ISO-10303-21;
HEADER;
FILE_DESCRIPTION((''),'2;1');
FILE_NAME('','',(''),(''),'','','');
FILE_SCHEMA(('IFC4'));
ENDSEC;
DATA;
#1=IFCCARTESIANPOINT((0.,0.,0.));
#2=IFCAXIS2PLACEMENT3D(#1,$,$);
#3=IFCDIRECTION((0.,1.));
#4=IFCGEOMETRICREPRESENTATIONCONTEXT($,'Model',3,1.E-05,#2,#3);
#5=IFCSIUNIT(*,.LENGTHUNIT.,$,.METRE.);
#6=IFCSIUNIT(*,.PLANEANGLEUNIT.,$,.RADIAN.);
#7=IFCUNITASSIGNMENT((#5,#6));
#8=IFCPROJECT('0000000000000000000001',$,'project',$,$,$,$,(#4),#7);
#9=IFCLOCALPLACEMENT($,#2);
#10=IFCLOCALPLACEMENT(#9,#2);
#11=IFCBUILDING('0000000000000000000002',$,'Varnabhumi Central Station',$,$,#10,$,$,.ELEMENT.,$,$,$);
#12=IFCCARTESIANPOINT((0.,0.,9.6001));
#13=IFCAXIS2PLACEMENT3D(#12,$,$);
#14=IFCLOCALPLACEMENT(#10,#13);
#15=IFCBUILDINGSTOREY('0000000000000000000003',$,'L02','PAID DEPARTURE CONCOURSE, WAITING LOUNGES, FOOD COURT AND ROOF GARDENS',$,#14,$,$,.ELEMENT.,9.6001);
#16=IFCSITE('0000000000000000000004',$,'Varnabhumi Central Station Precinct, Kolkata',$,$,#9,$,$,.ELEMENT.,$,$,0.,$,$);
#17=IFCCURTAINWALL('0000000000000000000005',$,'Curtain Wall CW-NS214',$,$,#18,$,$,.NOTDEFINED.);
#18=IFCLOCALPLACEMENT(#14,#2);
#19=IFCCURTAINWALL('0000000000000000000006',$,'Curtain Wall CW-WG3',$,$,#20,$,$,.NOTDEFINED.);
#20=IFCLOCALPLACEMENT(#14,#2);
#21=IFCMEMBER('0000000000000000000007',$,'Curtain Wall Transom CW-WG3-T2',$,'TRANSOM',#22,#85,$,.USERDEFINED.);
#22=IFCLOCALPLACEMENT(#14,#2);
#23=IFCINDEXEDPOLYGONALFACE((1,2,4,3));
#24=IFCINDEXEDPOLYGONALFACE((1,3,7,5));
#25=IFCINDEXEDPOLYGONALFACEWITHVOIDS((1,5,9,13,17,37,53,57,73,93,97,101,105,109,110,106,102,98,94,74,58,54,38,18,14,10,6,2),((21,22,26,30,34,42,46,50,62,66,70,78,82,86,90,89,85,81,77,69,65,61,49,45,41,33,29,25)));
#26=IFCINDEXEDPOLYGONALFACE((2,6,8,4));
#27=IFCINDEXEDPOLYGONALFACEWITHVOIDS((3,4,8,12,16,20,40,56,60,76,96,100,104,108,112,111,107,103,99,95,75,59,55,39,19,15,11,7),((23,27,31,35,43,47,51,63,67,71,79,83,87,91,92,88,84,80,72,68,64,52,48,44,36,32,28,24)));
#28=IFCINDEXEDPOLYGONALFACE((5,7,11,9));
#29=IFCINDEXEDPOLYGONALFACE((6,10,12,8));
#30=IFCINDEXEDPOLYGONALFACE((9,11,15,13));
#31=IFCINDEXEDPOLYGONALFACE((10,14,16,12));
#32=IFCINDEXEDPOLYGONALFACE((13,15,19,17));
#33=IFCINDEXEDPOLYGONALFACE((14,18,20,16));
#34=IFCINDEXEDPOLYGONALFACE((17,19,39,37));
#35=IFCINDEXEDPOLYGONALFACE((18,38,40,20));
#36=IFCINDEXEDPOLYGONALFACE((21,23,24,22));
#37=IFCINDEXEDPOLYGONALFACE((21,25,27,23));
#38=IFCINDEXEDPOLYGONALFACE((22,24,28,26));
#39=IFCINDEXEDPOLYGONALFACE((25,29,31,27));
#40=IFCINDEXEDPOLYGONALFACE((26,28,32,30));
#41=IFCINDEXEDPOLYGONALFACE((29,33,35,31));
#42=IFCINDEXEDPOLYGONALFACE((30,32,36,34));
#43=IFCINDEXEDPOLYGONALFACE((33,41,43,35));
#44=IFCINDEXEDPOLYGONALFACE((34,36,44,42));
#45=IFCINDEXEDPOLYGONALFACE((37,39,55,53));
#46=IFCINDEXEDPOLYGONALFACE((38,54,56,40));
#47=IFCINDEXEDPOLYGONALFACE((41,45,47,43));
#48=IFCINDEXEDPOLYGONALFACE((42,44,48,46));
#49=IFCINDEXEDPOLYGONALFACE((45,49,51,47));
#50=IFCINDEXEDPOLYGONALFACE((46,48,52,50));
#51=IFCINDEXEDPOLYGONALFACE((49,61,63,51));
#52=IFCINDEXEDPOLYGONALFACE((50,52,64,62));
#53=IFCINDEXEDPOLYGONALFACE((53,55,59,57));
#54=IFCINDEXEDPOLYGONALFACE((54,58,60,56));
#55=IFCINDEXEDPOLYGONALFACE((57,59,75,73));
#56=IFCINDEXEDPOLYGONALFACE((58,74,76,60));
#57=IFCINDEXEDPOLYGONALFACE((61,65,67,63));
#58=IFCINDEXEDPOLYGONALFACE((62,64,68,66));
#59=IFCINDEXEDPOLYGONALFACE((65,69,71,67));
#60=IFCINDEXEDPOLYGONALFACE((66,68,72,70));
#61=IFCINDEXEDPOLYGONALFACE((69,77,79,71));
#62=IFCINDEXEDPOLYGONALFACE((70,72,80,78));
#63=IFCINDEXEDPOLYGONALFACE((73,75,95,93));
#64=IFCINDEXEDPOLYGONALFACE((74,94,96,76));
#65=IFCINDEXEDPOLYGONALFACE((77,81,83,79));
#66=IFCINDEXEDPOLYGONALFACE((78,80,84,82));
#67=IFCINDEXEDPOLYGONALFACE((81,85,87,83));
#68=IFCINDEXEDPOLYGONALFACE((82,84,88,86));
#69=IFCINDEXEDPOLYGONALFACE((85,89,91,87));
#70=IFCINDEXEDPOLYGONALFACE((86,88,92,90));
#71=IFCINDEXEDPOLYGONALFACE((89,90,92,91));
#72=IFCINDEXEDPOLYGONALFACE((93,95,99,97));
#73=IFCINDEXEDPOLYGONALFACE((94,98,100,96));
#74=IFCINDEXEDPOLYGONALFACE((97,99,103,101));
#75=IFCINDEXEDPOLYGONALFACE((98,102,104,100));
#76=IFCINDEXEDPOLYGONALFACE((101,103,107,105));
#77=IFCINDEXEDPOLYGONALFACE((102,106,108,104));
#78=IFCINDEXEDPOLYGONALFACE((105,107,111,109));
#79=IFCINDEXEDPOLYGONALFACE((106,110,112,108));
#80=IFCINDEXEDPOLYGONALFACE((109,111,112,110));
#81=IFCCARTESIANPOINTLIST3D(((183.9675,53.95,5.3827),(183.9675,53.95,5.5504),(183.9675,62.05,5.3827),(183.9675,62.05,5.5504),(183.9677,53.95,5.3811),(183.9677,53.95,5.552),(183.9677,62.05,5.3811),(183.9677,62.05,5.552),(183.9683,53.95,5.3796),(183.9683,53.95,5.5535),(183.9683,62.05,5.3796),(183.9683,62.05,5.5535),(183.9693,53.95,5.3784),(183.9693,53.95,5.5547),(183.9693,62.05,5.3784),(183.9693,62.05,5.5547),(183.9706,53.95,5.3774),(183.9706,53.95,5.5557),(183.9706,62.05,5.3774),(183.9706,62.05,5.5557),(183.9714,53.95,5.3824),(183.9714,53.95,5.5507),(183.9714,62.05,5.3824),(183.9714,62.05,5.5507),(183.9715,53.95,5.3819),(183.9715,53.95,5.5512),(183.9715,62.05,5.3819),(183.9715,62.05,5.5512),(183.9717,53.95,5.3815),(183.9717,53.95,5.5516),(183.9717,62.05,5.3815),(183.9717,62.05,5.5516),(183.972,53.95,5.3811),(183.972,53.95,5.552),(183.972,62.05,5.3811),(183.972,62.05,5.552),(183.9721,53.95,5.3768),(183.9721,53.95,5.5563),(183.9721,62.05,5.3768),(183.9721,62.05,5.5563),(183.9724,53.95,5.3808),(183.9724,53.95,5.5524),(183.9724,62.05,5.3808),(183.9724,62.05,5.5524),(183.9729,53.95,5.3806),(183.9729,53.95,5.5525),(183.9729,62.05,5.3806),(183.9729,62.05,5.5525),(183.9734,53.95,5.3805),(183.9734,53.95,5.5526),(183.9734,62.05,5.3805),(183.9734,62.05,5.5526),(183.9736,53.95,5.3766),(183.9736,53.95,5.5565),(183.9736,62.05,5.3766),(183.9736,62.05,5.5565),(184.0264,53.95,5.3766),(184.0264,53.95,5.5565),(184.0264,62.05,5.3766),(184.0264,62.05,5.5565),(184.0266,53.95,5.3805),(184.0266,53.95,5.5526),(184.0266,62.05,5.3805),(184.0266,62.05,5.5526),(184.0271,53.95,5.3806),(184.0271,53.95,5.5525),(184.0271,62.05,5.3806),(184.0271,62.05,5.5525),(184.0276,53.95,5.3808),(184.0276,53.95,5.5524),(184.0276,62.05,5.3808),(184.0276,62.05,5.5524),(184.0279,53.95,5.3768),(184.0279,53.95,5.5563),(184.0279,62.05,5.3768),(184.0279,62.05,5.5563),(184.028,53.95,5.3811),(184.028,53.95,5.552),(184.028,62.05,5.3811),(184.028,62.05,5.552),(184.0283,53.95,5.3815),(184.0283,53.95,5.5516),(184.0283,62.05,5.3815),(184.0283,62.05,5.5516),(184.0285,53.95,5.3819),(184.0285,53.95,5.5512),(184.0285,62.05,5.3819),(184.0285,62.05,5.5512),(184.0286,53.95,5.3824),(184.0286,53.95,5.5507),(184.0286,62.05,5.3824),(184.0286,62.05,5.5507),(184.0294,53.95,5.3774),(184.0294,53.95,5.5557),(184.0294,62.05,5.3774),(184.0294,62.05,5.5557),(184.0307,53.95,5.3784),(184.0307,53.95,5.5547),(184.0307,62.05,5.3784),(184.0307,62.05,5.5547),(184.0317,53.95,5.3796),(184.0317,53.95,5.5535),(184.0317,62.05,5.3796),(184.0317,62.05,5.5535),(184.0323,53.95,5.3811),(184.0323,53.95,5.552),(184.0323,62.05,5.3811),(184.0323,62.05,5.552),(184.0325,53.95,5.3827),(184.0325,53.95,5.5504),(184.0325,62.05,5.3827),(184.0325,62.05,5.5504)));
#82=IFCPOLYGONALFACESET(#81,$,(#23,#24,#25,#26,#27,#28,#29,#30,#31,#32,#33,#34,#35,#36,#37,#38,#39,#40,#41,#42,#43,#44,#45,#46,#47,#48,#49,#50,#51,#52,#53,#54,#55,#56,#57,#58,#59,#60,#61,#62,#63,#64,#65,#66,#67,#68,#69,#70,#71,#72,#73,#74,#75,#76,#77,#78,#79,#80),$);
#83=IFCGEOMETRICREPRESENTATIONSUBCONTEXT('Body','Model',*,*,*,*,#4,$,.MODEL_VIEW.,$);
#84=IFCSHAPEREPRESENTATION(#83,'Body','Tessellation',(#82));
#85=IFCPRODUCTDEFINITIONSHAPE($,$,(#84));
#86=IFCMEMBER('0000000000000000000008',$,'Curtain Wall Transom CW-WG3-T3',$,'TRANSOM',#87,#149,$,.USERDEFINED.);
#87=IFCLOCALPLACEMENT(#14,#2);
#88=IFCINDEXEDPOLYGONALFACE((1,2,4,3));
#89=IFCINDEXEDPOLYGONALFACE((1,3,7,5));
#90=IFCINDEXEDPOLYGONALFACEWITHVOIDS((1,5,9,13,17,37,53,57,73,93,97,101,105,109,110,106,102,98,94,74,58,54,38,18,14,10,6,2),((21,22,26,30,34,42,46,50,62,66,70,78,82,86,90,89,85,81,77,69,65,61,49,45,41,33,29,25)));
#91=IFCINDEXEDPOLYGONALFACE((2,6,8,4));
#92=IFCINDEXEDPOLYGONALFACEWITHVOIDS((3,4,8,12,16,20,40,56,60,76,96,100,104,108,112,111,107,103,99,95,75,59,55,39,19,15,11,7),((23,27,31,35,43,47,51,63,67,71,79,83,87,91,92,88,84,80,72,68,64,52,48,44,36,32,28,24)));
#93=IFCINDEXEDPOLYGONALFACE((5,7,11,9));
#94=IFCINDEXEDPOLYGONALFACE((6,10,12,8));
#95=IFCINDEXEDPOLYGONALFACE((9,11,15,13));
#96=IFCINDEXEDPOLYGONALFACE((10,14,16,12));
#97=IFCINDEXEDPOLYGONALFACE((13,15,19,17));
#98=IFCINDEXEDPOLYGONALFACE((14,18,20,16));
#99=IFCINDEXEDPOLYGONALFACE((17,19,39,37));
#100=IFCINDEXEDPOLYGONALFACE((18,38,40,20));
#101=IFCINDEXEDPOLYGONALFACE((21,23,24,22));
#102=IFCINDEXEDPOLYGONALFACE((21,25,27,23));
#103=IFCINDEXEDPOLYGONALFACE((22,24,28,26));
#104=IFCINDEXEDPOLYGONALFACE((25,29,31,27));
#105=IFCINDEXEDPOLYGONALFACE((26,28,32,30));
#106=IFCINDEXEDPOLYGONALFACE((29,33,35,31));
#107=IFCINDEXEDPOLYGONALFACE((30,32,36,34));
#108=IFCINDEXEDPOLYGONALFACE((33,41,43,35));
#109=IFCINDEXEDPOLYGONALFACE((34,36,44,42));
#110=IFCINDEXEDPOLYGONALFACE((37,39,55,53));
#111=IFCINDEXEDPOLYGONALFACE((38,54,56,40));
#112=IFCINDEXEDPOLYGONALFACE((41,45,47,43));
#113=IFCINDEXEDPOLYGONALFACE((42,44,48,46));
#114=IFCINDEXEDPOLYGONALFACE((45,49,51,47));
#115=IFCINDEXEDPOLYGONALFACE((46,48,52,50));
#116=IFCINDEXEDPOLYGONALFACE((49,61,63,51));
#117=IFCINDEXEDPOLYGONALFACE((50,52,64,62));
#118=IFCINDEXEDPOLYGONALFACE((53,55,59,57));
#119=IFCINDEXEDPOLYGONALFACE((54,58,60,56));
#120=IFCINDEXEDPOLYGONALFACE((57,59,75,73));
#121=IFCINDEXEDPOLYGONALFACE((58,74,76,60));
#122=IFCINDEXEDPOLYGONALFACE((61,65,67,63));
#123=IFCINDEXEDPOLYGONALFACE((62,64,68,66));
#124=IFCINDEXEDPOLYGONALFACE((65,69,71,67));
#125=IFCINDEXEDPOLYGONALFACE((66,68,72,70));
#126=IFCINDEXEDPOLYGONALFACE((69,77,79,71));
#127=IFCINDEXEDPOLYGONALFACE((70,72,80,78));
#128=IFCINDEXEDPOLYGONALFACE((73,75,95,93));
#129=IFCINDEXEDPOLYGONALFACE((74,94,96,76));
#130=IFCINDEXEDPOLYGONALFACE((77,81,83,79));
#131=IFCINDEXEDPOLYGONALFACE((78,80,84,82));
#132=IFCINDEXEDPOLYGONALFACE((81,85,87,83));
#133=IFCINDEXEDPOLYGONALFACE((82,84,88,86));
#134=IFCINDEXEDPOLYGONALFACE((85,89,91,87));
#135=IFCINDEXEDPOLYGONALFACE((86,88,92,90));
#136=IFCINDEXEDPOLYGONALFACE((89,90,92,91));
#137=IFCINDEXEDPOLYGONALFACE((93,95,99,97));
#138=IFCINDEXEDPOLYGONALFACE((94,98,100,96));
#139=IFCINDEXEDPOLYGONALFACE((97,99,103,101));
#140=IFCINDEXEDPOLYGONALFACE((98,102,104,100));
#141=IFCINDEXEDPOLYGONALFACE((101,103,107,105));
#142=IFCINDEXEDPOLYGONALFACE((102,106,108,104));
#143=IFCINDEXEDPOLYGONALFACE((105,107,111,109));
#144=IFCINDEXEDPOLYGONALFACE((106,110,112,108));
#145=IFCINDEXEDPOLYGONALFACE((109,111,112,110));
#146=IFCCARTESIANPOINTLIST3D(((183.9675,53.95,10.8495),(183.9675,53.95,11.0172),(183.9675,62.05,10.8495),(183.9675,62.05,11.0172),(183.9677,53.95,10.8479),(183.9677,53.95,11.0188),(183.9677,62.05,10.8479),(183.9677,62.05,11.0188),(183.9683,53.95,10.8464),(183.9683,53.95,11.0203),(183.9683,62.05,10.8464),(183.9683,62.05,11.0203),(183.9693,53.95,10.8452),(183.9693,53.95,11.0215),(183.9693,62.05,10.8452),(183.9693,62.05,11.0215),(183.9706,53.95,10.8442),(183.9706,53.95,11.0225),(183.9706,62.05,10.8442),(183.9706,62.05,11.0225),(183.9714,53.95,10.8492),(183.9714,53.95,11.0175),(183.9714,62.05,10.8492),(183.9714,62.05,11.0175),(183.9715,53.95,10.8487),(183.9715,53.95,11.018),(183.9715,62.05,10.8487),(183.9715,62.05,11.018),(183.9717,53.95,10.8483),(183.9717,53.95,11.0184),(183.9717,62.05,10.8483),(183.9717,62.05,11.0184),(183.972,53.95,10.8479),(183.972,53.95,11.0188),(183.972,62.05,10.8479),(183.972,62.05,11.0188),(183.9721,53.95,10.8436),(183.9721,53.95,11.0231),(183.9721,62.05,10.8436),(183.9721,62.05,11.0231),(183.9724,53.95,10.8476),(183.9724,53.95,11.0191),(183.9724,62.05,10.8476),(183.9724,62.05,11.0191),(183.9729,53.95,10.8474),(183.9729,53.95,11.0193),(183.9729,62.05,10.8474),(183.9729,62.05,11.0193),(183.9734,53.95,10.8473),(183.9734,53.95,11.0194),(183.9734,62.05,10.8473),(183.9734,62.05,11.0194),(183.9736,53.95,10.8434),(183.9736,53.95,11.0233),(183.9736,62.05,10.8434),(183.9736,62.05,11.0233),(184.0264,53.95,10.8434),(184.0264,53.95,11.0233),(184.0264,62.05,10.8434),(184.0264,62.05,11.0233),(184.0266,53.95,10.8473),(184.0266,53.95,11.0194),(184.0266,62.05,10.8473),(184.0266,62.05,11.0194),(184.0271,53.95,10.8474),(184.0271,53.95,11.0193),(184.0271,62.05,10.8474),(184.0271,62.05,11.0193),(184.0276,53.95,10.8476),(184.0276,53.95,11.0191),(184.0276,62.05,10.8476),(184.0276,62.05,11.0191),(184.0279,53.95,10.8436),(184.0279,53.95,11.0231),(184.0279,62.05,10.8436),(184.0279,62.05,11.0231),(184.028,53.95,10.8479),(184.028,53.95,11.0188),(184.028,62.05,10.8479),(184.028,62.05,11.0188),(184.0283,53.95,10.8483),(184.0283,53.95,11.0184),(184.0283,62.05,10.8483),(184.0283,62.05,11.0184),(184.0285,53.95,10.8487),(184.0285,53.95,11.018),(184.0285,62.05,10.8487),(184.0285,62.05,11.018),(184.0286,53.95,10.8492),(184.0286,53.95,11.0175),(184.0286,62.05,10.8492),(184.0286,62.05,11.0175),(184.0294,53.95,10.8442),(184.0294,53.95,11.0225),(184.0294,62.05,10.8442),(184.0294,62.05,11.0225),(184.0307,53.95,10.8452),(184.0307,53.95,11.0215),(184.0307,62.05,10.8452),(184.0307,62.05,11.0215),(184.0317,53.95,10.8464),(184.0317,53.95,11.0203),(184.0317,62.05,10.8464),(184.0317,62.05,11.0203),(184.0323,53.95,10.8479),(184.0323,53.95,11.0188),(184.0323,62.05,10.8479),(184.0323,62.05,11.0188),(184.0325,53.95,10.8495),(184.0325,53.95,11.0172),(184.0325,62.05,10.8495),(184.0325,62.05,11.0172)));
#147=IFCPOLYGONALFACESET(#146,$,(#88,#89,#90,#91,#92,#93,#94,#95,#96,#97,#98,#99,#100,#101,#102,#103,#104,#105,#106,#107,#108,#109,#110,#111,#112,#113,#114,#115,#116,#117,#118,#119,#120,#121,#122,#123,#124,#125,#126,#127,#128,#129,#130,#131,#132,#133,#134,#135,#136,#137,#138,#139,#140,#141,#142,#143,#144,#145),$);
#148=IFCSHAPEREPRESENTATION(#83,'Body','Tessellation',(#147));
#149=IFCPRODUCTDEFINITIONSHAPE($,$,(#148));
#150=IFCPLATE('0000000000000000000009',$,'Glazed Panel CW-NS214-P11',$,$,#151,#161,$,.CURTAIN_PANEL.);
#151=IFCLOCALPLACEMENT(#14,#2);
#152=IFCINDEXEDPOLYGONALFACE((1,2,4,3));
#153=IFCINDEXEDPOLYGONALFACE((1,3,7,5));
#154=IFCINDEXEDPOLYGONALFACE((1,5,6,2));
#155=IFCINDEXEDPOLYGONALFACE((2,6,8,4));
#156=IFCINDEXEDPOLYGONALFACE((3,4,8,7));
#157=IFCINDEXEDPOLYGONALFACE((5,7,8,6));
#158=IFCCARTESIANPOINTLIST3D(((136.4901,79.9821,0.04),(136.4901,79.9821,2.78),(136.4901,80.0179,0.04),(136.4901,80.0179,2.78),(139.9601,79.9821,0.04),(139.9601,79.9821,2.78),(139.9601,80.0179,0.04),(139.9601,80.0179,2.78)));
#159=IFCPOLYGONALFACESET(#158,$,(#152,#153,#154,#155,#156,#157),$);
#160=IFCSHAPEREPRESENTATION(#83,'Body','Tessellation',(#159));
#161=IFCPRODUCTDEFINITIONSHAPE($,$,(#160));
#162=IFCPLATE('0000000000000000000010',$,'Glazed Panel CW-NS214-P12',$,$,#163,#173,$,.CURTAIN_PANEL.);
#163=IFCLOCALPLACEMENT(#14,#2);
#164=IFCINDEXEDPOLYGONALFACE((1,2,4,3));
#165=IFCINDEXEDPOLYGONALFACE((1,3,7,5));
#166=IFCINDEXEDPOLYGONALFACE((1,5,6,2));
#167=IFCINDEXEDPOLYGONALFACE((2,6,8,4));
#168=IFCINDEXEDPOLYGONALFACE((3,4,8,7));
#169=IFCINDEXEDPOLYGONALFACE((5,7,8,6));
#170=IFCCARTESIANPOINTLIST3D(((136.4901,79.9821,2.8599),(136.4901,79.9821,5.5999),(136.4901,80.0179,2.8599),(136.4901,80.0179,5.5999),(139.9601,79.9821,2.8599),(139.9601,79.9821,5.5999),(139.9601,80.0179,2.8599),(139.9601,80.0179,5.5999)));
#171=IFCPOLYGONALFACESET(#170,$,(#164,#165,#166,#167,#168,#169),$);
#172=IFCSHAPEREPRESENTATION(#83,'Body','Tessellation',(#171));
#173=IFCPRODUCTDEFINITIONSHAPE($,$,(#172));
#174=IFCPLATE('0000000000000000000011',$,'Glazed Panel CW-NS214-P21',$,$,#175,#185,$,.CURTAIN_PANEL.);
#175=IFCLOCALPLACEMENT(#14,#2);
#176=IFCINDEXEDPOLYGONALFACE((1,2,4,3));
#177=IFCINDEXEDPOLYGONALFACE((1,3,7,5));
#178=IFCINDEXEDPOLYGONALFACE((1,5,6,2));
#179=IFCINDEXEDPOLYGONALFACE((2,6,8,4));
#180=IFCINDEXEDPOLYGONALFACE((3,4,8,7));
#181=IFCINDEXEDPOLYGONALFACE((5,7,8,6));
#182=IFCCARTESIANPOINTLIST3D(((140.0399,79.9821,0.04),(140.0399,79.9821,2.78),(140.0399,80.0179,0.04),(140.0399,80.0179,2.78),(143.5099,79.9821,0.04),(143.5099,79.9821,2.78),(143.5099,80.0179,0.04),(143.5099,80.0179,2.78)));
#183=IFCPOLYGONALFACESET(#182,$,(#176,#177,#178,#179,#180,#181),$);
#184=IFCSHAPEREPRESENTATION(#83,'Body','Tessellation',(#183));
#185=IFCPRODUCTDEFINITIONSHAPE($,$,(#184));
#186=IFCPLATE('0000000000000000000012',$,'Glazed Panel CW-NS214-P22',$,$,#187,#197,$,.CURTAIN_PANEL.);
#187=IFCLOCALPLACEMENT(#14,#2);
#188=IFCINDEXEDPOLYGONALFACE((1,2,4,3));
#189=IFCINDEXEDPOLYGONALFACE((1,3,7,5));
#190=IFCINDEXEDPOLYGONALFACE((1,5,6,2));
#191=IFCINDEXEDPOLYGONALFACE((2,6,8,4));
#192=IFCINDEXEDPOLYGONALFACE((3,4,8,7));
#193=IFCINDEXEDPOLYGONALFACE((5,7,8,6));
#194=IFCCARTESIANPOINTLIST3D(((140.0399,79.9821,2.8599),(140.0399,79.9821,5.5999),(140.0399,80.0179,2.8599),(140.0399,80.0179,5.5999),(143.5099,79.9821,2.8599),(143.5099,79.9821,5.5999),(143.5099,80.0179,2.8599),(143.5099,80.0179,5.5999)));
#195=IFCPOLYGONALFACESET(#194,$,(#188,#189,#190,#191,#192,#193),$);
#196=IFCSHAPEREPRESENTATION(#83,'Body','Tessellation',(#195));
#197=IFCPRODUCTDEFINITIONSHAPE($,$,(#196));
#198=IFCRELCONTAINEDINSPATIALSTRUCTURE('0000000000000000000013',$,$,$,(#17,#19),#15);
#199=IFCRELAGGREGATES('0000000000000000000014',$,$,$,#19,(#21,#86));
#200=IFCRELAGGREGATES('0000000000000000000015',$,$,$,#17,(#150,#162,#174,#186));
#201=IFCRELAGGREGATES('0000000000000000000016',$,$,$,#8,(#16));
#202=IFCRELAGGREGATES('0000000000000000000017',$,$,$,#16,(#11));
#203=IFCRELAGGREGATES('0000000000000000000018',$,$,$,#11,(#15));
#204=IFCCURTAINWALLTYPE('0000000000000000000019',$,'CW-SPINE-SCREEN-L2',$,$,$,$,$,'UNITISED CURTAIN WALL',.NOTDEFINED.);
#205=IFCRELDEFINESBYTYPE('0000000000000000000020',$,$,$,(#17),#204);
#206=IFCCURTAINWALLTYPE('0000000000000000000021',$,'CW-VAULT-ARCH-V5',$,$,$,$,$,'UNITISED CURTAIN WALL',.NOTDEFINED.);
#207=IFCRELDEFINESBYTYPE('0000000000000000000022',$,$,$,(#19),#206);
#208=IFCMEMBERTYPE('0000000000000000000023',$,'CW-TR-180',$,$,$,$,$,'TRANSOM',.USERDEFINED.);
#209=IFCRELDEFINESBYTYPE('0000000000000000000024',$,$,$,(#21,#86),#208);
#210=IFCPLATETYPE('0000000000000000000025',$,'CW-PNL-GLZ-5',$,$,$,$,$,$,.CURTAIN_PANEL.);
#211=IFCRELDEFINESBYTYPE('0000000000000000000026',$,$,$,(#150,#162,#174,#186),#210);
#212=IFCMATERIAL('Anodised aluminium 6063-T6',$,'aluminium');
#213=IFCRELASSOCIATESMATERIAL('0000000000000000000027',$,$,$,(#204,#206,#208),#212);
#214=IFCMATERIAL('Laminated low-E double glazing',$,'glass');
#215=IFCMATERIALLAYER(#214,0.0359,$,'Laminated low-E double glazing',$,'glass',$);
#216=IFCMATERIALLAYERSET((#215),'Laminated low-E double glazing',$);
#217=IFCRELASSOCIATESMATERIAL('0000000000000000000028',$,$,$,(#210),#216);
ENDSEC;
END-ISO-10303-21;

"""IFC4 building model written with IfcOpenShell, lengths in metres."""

from ifc_helpers import new_model, si_unit, direction, frame, origin, origin_2d, place, context, subcontext, project, spatial, rectangle, hollow_rectangle, extrude, material, layer, layer_set, material_profile, profile_set, type_object, element, aggregate, save


model = new_model("IFC4")

# Units and contexts
model_context = context("Model", 3, precision=1e-05, world=origin(), true_north=direction((0.0, 1.0)))
body_context = subcontext(model_context, "Body", "Model", "MODEL_VIEW")
ifc_project = project(units=[si_unit("LENGTHUNIT", "METRE"), si_unit("PLANEANGLEUNIT", "RADIAN")], contexts=[model_context])

# Site, building, storey
site_placement = place(None, origin())
site = spatial("IfcSite", under=ifc_project, at=site_placement, Name="Varnabhumi Central Station Precinct, Kolkata", CompositionType="ELEMENT", RefElevation=0.0)
building_placement = place(site_placement, origin())
building = spatial("IfcBuilding", under=site, at=building_placement, Name="Varnabhumi Central Station", CompositionType="ELEMENT")
storey_placement = place(building_placement, frame((0.0, 0.0, 9.6001)))
storey = spatial("IfcBuildingStorey", under=building, at=storey_placement, Name="L02", Description="PAID DEPARTURE CONCOURSE, WAITING LOUNGES, FOOD COURT AND ROOF GARDENS", CompositionType="ELEMENT", Elevation=9.6001)

# Curtain wall
ifc_material_1 = material(Name="Anodised aluminium 6063-T6", Category="aluminium")
curtain_wall_type_1 = type_object("IfcCurtainWallType", Name="CW-SPINE-SCREEN-L2", ElementType="UNITISED CURTAIN WALL", PredefinedType="NOTDEFINED", material=ifc_material_1)
curtain_wall_1_placement = place(storey_placement, origin())
curtain_wall_1 = element("IfcCurtainWall", 1, at=curtain_wall_1_placement, inside=storey, type_object=curtain_wall_type_1, Name="Curtain Wall CW-NS214", PredefinedType="NOTDEFINED")
curtain_wall_type_2 = type_object("IfcCurtainWallType", Name="CW-VAULT-ARCH-V5", ElementType="UNITISED CURTAIN WALL", PredefinedType="NOTDEFINED", material=ifc_material_1)

# Curtain wall
curtain_wall_2_placement = place(storey_placement, origin())
curtain_wall_2 = element("IfcCurtainWall", 2, at=curtain_wall_2_placement, inside=storey, type_object=curtain_wall_type_2, Name="Curtain Wall CW-WG3", PredefinedType="NOTDEFINED")

# Members
ifc_material_profile_1 = material_profile(ifc_material_1, hollow_rectangle(XDim=0.0649, YDim=0.1799, WallThickness=0.0039, InnerFilletRadius=0.002, OuterFilletRadius=0.0061, at=origin_2d()), Name="Anodised aluminium 6063-T6", Category="aluminium")
ifc_profile_set_1 = profile_set([ifc_material_profile_1], Name="Anodised aluminium 6063-T6")
member_type_1 = type_object("IfcMemberType", Name="CW-TR-180", ElementType="TRANSOM", PredefinedType="USERDEFINED", material=ifc_profile_set_1)
member_1_placement = place(storey_placement, frame((184.0, 53.95, 5.4666), z_axis=(0.0, 1.0, 0.0), x_axis=(-1.0, 0.0, 0.0)))
member_1 = element("IfcMember", 3, at=member_1_placement, type_object=member_type_1, Name="Curtain Wall Transom CW-WG3-T2", ObjectType="TRANSOM", PredefinedType="USERDEFINED", context=body_context, shape_type="SweptSolid", body=[
    extrude(hollow_rectangle(XDim=0.0649, YDim=0.1799, WallThickness=0.0039, InnerFilletRadius=0.002, OuterFilletRadius=0.0061, at=origin_2d()), origin(), (0.0, 0.0, 1.0), 8.1001),
])
member_2_placement = place(storey_placement, frame((184.0, 53.95, 10.9333), z_axis=(0.0, 1.0, 0.0), x_axis=(-1.0, 0.0, 0.0)))
member_2 = element("IfcMember", 4, at=member_2_placement, type_object=member_type_1, Name="Curtain Wall Transom CW-WG3-T3", ObjectType="TRANSOM", PredefinedType="USERDEFINED", context=body_context, shape_type="SweptSolid", body=[
    extrude(hollow_rectangle(XDim=0.0649, YDim=0.1799, WallThickness=0.0039, InnerFilletRadius=0.002, OuterFilletRadius=0.0061, at=origin_2d()), origin(), (0.0, 0.0, 1.0), 8.1001),
])
aggregate(curtain_wall_2, [member_1, member_2])

# Plates
ifc_material_2 = material(Name="Laminated low-E double glazing", Category="glass")
ifc_layer_1 = layer(ifc_material_2, 0.0359, Name="Laminated low-E double glazing", Category="glass")
ifc_layer_set_1 = layer_set([ifc_layer_1], Name="Laminated low-E double glazing")
plate_type_1 = type_object("IfcPlateType", Name="CW-PNL-GLZ-5", PredefinedType="CURTAIN_PANEL", material=ifc_layer_set_1)
plate_1_placement = place(storey_placement, frame((138.2251, 80.0, 0.04), z_axis=(0.0, 0.0, 1.0), x_axis=(1.0, 0.0, 0.0)))
plate_1 = element("IfcPlate", 5, at=plate_1_placement, type_object=plate_type_1, Name="Glazed Panel CW-NS214-P11", PredefinedType="CURTAIN_PANEL", context=body_context, shape_type="SweptSolid", body=[
    extrude(rectangle(XDim=3.47, YDim=0.0359, at=origin_2d()), origin(), (0.0, 0.0, 1.0), 2.74),
])
plate_2_placement = place(storey_placement, frame((138.2251, 80.0, 2.8599), z_axis=(0.0, 0.0, 1.0), x_axis=(1.0, 0.0, 0.0)))
plate_2 = element("IfcPlate", 6, at=plate_2_placement, type_object=plate_type_1, Name="Glazed Panel CW-NS214-P12", PredefinedType="CURTAIN_PANEL", context=body_context, shape_type="SweptSolid", body=[
    extrude(rectangle(XDim=3.47, YDim=0.0359, at=origin_2d()), origin(), (0.0, 0.0, 1.0), 2.74),
])
plate_3_placement = place(storey_placement, frame((141.7749, 80.0, 0.04), z_axis=(0.0, 0.0, 1.0), x_axis=(1.0, 0.0, 0.0)))
plate_3 = element("IfcPlate", 7, at=plate_3_placement, type_object=plate_type_1, Name="Glazed Panel CW-NS214-P21", PredefinedType="CURTAIN_PANEL", context=body_context, shape_type="SweptSolid", body=[
    extrude(rectangle(XDim=3.47, YDim=0.0359, at=origin_2d()), origin(), (0.0, 0.0, 1.0), 2.74),
])
plate_4_placement = place(storey_placement, frame((141.7749, 80.0, 2.8599), z_axis=(0.0, 0.0, 1.0), x_axis=(1.0, 0.0, 0.0)))
plate_4 = element("IfcPlate", 8, at=plate_4_placement, type_object=plate_type_1, Name="Glazed Panel CW-NS214-P22", PredefinedType="CURTAIN_PANEL", context=body_context, shape_type="SweptSolid", body=[
    extrude(rectangle(XDim=3.47, YDim=0.0359, at=origin_2d()), origin(), (0.0, 0.0, 1.0), 2.74),
])
aggregate(curtain_wall_1, [plate_1, plate_2, plate_3, plate_4])

save(model, "model.ifc")
